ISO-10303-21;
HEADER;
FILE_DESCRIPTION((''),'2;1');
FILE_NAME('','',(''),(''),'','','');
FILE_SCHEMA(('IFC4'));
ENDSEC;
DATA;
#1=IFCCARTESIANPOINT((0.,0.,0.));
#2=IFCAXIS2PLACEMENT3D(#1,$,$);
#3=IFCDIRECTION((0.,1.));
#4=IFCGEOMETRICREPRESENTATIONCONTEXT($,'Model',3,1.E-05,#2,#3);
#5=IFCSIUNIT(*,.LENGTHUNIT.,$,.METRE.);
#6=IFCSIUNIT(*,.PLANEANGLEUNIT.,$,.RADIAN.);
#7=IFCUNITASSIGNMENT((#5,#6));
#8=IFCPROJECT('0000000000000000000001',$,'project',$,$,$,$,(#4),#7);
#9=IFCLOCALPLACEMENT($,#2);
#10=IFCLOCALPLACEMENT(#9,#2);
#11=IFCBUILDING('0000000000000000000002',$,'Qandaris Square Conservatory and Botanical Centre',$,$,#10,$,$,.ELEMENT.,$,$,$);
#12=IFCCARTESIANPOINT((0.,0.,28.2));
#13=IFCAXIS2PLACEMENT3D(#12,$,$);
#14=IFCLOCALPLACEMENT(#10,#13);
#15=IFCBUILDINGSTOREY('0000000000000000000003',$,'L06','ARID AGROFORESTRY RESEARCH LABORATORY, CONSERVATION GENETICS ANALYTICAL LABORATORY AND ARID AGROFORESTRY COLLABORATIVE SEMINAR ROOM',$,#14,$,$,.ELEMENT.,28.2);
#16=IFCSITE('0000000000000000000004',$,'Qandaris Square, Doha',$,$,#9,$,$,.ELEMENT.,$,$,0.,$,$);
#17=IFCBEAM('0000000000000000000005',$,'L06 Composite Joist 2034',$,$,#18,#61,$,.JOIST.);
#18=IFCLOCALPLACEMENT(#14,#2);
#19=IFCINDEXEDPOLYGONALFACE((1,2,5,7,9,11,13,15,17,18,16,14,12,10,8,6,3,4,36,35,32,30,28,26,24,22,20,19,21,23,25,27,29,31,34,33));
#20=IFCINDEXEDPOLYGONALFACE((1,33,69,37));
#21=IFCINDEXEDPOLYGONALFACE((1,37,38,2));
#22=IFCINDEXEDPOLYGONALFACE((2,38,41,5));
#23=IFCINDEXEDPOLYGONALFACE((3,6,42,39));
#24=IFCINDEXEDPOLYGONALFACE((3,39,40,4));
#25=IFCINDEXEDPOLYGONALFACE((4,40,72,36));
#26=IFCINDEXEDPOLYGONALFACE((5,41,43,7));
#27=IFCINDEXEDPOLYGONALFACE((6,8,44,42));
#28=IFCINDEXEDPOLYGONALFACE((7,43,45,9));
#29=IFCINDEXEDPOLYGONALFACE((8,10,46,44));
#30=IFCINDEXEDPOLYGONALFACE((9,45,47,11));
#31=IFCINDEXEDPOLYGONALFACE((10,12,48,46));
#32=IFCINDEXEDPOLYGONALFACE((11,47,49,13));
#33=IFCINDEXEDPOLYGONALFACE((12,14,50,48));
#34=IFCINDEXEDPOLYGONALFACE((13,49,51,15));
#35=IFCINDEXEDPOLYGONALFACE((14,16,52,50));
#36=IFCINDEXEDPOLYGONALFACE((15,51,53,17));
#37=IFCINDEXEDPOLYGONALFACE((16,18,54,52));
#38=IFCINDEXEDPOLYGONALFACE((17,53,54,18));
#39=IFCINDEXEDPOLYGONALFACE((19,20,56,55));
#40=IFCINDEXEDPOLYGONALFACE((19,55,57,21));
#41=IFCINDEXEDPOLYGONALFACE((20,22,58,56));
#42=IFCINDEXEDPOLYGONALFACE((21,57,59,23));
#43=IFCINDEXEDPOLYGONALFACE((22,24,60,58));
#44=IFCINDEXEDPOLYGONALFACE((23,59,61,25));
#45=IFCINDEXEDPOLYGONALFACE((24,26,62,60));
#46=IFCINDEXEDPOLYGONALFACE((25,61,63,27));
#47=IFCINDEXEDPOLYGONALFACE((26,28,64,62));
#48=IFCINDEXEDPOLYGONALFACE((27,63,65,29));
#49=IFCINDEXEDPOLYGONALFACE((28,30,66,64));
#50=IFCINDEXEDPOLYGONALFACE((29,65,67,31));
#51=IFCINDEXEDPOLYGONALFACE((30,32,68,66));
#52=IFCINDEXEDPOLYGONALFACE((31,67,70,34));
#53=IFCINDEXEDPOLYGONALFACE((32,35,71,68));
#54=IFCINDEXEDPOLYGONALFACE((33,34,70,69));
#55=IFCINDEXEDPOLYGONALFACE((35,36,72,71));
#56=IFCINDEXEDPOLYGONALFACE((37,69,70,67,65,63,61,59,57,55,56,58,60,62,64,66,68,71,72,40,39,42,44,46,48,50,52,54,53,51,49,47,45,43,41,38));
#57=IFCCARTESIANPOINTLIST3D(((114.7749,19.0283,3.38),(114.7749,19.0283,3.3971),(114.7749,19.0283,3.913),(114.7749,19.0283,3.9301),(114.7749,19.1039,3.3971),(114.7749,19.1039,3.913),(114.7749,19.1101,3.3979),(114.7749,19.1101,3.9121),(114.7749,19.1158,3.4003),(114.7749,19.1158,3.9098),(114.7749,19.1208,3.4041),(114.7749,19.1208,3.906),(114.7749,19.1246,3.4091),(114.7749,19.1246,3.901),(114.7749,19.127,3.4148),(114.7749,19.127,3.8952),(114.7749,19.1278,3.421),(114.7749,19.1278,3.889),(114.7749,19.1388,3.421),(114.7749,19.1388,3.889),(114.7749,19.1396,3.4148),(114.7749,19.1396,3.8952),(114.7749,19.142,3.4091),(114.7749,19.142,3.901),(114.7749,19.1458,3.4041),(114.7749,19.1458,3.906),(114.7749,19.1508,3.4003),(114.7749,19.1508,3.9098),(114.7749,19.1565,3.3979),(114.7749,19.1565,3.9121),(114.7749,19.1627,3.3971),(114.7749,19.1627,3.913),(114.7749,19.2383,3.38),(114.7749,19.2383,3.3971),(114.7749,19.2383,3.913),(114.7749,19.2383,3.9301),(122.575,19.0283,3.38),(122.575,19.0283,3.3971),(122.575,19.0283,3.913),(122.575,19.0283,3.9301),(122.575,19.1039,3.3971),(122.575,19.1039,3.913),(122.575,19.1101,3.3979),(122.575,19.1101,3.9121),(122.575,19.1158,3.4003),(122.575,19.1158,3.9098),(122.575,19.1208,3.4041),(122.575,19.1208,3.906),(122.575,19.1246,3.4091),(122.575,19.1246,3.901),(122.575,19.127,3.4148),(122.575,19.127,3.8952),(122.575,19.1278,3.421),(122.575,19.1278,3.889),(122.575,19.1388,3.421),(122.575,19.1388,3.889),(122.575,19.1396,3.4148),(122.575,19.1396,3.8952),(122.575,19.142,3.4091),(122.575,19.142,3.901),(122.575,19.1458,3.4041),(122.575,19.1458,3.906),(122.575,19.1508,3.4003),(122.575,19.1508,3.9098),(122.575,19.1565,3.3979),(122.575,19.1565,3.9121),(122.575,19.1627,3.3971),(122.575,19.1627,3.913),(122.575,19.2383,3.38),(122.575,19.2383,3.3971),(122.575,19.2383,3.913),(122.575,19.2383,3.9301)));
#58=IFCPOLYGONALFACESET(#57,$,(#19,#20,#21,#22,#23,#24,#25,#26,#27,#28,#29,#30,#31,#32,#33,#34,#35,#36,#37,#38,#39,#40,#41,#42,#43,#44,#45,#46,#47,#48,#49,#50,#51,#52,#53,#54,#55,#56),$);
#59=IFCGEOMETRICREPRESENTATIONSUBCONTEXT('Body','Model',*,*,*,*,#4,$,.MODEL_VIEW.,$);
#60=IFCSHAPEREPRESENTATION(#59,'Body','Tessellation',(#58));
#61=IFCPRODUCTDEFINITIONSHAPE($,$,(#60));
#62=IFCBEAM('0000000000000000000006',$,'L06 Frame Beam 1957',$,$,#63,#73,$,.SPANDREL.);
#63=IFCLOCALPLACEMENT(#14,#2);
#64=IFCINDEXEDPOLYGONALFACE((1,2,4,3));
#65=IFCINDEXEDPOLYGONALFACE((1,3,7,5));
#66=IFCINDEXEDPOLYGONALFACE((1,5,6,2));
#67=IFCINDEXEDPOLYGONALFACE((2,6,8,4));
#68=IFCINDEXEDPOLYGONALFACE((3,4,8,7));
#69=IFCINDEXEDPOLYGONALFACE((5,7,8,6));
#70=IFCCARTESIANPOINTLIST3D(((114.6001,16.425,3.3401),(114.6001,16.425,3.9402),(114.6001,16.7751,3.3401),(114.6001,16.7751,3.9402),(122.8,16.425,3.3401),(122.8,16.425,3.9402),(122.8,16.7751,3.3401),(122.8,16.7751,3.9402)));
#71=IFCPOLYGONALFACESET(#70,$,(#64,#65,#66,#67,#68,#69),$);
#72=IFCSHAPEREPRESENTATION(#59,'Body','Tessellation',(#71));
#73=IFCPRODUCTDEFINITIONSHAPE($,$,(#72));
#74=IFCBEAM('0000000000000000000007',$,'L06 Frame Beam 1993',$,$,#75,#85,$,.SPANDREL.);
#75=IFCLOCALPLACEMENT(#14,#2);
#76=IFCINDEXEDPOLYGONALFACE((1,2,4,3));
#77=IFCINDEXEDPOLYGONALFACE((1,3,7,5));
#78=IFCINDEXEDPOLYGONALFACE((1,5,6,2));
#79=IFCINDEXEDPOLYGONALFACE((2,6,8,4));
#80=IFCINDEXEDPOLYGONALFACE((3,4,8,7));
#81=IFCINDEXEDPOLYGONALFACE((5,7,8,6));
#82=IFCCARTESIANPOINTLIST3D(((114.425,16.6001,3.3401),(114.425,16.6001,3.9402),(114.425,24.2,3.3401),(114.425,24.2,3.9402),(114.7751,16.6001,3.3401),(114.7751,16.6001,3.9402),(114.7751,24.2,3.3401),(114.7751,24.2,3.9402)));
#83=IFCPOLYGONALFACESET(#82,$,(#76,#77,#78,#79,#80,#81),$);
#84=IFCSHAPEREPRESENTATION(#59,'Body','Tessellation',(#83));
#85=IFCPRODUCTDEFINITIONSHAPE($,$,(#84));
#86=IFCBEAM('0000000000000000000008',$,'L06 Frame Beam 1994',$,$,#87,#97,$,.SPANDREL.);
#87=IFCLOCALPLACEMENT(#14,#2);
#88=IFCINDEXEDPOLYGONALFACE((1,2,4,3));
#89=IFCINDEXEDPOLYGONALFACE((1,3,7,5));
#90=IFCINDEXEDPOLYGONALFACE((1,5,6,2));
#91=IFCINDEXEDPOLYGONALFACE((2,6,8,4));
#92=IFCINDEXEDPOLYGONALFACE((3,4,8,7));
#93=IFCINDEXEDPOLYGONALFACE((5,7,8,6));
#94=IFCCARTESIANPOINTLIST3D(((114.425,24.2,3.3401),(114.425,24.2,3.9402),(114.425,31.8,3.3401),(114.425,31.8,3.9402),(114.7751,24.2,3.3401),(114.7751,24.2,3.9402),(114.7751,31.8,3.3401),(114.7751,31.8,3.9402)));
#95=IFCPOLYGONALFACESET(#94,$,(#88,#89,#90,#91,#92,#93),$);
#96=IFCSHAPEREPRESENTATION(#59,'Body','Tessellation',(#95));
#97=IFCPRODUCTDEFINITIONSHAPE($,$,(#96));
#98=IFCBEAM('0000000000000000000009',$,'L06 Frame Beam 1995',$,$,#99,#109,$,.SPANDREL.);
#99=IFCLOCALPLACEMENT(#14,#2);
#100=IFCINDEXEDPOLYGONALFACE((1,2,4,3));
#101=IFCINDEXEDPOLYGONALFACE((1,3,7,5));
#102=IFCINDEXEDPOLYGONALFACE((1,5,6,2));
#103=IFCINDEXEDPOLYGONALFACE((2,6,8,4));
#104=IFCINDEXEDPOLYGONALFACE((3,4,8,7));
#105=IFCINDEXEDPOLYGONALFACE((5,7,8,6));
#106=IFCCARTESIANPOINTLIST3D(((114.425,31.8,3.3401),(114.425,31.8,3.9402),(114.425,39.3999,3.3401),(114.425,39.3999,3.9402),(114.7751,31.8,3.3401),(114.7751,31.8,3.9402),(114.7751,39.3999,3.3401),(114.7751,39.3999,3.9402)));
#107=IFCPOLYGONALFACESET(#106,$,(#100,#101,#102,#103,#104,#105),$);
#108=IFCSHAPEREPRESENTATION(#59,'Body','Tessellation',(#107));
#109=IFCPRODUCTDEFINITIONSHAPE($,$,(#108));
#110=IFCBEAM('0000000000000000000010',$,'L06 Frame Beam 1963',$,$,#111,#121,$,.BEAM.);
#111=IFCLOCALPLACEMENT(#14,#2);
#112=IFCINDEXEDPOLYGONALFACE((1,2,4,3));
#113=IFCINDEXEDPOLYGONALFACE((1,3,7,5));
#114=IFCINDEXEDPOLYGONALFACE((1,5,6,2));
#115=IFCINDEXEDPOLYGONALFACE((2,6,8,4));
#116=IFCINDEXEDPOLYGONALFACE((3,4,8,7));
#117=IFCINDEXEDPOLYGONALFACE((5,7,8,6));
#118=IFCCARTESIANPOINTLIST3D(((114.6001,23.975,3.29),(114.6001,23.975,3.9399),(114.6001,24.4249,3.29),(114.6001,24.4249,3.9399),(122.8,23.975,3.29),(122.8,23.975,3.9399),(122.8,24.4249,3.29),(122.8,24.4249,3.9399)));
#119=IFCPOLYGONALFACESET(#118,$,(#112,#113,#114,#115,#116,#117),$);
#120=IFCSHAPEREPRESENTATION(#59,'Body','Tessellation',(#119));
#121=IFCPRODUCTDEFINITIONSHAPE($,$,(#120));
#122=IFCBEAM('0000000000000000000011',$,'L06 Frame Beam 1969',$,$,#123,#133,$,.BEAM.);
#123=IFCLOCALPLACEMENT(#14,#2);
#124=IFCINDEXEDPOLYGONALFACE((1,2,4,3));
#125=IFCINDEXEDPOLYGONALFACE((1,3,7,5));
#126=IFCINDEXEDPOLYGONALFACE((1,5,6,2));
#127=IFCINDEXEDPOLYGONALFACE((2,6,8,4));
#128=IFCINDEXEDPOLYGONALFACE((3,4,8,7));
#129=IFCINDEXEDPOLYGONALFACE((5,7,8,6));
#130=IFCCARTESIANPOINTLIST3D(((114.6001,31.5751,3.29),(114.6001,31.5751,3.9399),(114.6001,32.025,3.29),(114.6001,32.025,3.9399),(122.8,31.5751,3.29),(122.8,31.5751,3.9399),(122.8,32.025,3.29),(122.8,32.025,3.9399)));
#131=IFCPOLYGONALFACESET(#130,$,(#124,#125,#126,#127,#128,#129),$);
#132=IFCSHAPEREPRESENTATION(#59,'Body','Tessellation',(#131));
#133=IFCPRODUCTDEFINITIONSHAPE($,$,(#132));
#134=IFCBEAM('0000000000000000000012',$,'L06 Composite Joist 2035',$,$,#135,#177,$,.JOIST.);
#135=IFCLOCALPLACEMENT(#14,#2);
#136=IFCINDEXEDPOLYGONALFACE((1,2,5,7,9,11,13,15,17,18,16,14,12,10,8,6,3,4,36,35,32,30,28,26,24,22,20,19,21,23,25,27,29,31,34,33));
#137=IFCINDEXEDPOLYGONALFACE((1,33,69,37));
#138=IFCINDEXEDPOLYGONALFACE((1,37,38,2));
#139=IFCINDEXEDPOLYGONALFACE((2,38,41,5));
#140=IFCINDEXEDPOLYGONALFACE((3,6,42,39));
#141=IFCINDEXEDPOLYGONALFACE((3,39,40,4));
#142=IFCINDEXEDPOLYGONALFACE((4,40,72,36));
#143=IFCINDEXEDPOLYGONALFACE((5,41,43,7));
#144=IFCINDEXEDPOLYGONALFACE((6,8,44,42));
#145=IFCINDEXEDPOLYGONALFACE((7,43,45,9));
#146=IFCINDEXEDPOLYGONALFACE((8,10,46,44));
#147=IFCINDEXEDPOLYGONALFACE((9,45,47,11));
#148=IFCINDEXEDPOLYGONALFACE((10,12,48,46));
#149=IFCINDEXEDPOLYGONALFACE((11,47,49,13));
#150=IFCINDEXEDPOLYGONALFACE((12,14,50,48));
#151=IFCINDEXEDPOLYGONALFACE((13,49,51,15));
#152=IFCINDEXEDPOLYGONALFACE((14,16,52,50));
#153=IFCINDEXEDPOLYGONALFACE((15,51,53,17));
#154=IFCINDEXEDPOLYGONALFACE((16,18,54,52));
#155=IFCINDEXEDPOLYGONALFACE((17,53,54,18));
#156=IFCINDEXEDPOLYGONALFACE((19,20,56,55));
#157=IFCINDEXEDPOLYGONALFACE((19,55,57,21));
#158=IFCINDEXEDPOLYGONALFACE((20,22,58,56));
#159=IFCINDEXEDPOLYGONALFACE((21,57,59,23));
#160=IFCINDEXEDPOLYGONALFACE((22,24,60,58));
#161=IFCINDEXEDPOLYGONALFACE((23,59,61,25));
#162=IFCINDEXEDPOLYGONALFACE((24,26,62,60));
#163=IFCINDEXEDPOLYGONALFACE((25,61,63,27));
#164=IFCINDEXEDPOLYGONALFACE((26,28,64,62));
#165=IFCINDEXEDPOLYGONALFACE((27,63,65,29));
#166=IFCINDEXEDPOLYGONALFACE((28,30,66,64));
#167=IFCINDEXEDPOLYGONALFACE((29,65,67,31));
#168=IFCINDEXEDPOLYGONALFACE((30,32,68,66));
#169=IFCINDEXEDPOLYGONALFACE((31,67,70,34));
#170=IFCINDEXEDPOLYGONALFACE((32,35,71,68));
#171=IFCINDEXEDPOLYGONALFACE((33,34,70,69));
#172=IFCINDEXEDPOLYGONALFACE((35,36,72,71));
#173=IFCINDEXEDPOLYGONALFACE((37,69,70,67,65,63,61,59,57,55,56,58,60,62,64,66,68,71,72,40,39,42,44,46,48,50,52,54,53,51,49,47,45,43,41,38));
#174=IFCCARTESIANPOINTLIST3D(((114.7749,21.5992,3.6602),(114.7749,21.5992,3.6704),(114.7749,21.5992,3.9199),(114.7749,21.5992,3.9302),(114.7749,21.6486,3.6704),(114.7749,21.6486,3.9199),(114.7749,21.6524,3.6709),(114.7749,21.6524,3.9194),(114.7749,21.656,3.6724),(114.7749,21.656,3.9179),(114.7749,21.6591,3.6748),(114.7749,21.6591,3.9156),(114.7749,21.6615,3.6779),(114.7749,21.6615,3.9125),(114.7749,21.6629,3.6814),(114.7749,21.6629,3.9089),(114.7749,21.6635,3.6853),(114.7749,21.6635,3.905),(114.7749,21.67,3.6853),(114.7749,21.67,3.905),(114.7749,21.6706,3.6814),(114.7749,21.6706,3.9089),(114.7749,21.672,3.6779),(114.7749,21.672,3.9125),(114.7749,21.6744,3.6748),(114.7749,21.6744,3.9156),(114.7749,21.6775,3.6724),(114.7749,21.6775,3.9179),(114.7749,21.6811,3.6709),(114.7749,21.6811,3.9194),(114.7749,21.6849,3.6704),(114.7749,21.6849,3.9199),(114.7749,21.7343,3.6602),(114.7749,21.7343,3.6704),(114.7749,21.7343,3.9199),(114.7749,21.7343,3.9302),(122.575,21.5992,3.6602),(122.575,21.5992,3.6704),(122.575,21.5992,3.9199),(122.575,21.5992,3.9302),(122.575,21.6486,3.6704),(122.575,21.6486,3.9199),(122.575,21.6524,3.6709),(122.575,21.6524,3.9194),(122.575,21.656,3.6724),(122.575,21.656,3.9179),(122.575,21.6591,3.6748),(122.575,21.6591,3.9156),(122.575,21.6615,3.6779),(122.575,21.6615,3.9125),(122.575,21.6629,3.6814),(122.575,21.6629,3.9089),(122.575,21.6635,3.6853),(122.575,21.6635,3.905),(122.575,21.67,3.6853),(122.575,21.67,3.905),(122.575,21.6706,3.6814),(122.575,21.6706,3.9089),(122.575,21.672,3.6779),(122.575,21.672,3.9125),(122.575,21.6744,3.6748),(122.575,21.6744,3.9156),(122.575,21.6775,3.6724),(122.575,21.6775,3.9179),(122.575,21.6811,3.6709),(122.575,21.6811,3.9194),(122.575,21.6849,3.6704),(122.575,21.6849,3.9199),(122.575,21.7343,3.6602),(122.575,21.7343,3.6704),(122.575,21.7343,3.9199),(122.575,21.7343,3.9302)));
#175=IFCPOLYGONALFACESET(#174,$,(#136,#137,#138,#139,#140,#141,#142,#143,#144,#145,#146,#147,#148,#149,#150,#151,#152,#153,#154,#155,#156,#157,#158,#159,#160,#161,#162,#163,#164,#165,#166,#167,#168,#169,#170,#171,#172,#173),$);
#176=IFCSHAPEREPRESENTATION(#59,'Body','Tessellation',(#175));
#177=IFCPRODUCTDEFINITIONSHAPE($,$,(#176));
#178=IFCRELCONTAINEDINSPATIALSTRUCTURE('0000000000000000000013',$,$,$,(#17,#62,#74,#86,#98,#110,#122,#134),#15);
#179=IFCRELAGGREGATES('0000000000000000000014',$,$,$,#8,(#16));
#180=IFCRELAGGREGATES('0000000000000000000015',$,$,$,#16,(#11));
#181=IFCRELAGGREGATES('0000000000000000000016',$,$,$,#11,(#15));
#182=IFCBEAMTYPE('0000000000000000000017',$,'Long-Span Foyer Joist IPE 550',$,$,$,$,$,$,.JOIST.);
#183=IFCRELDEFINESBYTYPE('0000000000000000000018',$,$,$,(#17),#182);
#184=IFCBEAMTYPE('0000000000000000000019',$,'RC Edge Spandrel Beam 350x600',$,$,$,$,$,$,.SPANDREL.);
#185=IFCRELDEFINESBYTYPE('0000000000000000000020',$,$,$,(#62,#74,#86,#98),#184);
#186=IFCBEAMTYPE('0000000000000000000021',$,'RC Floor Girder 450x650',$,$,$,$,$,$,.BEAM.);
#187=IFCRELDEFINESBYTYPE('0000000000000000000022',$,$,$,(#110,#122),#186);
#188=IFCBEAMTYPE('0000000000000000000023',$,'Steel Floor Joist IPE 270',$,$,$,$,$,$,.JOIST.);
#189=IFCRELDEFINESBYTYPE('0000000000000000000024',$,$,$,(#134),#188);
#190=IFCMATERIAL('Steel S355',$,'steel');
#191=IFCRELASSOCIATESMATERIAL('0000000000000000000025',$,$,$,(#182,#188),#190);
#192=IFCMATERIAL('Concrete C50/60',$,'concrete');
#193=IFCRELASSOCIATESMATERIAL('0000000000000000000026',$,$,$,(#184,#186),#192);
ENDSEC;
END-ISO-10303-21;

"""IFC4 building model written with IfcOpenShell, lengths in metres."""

from ifc_helpers import new_model, si_unit, direction, frame, origin, origin_2d, place, context, subcontext, project, spatial, rectangle, i_section, extrude, material, material_profile, profile_set, type_object, element, save


model = new_model("IFC4")

# Units and contexts
model_context = context("Model", 3, precision=1e-05, world=origin(), true_north=direction((0.0, 1.0)))
body_context = subcontext(model_context, "Body", "Model", "MODEL_VIEW")
ifc_project = project(units=[si_unit("LENGTHUNIT", "METRE"), si_unit("PLANEANGLEUNIT", "RADIAN")], contexts=[model_context])

# Site, building, storey
site_placement = place(None, origin())
site = spatial("IfcSite", under=ifc_project, at=site_placement, Name="Qandaris Square, Doha", CompositionType="ELEMENT", RefElevation=0.0)
building_placement = place(site_placement, origin())
building = spatial("IfcBuilding", under=site, at=building_placement, Name="Qandaris Square Conservatory and Botanical Centre", CompositionType="ELEMENT")
storey_placement = place(building_placement, frame((0.0, 0.0, 28.2)))
storey = spatial("IfcBuildingStorey", under=building, at=storey_placement, Name="L06", Description="ARID AGROFORESTRY RESEARCH LABORATORY, CONSERVATION GENETICS ANALYTICAL LABORATORY AND ARID AGROFORESTRY COLLABORATIVE SEMINAR ROOM", CompositionType="ELEMENT", Elevation=28.2)

# Shared definitions
ifc_material_1 = material(Name="Concrete C50/60", Category="concrete")

# Beams
ifc_material_2 = material(Name="Steel S355", Category="steel")
ifc_material_profile_1 = material_profile(ifc_material_2, i_section(OverallWidth=0.21, OverallDepth=0.55, WebThickness=0.011, FlangeThickness=0.0171, FilletRadius=0.0239, at=origin_2d()), Name="IPE 550")
ifc_profile_set_1 = profile_set([ifc_material_profile_1], Name="Steel S355")
beam_type_1 = type_object("IfcBeamType", Name="Long-Span Foyer Joist IPE 550", PredefinedType="JOIST", material=ifc_profile_set_1)
beam_1_placement = place(storey_placement, frame((114.7749, 19.1333, 3.655), z_axis=(1.0, 0.0, 0.0), x_axis=(0.0, 1.0, 0.0)))
element("IfcBeam", 1, at=beam_1_placement, inside=storey, type_object=beam_type_1, Name="L06 Composite Joist 2034", PredefinedType="JOIST", context=body_context, shape_type="SweptSolid", body=[
    extrude(i_section(OverallWidth=0.21, OverallDepth=0.55, WebThickness=0.011, FlangeThickness=0.0171, FilletRadius=0.0239, at=origin_2d()), origin(), (0.0, 0.0, 1.0), 7.8),
])
ifc_material_profile_2 = material_profile(ifc_material_1, rectangle(XDim=0.3501, YDim=0.6001, at=origin_2d()), Name="RC-SP 350x600")
ifc_profile_set_2 = profile_set([ifc_material_profile_2], Name="Concrete C50/60")
beam_type_2 = type_object("IfcBeamType", Name="RC Edge Spandrel Beam 350x600", PredefinedType="SPANDREL", material=ifc_profile_set_2)
beam_2_placement = place(storey_placement, frame((114.6001, 16.6001, 3.6401), z_axis=(1.0, 0.0, 0.0), x_axis=(0.0, 1.0, 0.0)))
element("IfcBeam", 2, at=beam_2_placement, inside=storey, type_object=beam_type_2, Name="L06 Frame Beam 1957", PredefinedType="SPANDREL", context=body_context, shape_type="SweptSolid", body=[
    extrude(rectangle(XDim=0.3501, YDim=0.6001, at=origin_2d()), origin(), (0.0, 0.0, 1.0), 8.2),
])
beam_3_placement = place(storey_placement, frame((114.6001, 16.6001, 3.6401), z_axis=(0.0, 1.0, 0.0), x_axis=(-1.0, 0.0, 0.0)))
element("IfcBeam", 3, at=beam_3_placement, inside=storey, type_object=beam_type_2, Name="L06 Frame Beam 1993", PredefinedType="SPANDREL", context=body_context, shape_type="SweptSolid", body=[
    extrude(rectangle(XDim=0.3501, YDim=0.6001, at=origin_2d()), origin(), (0.0, 0.0, 1.0), 7.5999),
])
beam_4_placement = place(storey_placement, frame((114.6001, 24.2, 3.6401), z_axis=(0.0, 1.0, 0.0), x_axis=(-1.0, 0.0, 0.0)))
element("IfcBeam", 4, at=beam_4_placement, inside=storey, type_object=beam_type_2, Name="L06 Frame Beam 1994", PredefinedType="SPANDREL", context=body_context, shape_type="SweptSolid", body=[
    extrude(rectangle(XDim=0.3501, YDim=0.6001, at=origin_2d()), origin(), (0.0, 0.0, 1.0), 7.6001),
])
beam_5_placement = place(storey_placement, frame((114.6001, 31.8, 3.6401), z_axis=(0.0, 1.0, 0.0), x_axis=(-1.0, 0.0, 0.0)))
element("IfcBeam", 5, at=beam_5_placement, inside=storey, type_object=beam_type_2, Name="L06 Frame Beam 1995", PredefinedType="SPANDREL", context=body_context, shape_type="SweptSolid", body=[
    extrude(rectangle(XDim=0.3501, YDim=0.6001, at=origin_2d()), origin(), (0.0, 0.0, 1.0), 7.5999),
])
ifc_material_profile_3 = material_profile(ifc_material_1, rectangle(XDim=0.45, YDim=0.6499, at=origin_2d()), Name="RC-BM 450x650")
ifc_profile_set_3 = profile_set([ifc_material_profile_3], Name="Concrete C50/60")
beam_type_3 = type_object("IfcBeamType", Name="RC Floor Girder 450x650", PredefinedType="BEAM", material=ifc_profile_set_3)
for number, where, z_axis, x_axis, name in (
    (6, (114.6001, 24.2, 3.615), (1.0, 0.0, 0.0), (0.0, 1.0, 0.0), "L06 Frame Beam 1963"),
    (7, (114.6001, 31.8, 3.615), (1.0, 0.0, 0.0), (0.0, 1.0, 0.0), "L06 Frame Beam 1969"),
):
    element("IfcBeam", number, at=place(storey_placement, frame(where, z_axis=z_axis, x_axis=x_axis)), inside=storey, type_object=beam_type_3, Name=name, PredefinedType="BEAM", context=body_context, shape_type="SweptSolid", body=[
        extrude(rectangle(XDim=0.45, YDim=0.6499, at=origin_2d()), origin(), (0.0, 0.0, 1.0), 8.2),
    ])
ifc_material_profile_4 = material_profile(ifc_material_2, i_section(OverallWidth=0.135, OverallDepth=0.27, WebThickness=0.0066, FlangeThickness=0.0103, FilletRadius=0.0149, at=origin_2d()), Name="IPE 270")
ifc_profile_set_4 = profile_set([ifc_material_profile_4], Name="Steel S355")
beam_type_4 = type_object("IfcBeamType", Name="Steel Floor Joist IPE 270", PredefinedType="JOIST", material=ifc_profile_set_4)
for number, where, z_axis, x_axis, name in (
    (8, (114.7749, 21.6667, 3.7952), (1.0, 0.0, 0.0), (0.0, 1.0, 0.0), "L06 Composite Joist 2035"),
):
    element("IfcBeam", number, at=place(storey_placement, frame(where, z_axis=z_axis, x_axis=x_axis)), inside=storey, type_object=beam_type_4, Name=name, PredefinedType="JOIST", context=body_context, shape_type="SweptSolid", body=[
        extrude(i_section(OverallWidth=0.135, OverallDepth=0.27, WebThickness=0.0066, FlangeThickness=0.0103, FilletRadius=0.0149, at=origin_2d()), origin(), (0.0, 0.0, 1.0), 7.8),
    ])

save(model, "model.ifc")
